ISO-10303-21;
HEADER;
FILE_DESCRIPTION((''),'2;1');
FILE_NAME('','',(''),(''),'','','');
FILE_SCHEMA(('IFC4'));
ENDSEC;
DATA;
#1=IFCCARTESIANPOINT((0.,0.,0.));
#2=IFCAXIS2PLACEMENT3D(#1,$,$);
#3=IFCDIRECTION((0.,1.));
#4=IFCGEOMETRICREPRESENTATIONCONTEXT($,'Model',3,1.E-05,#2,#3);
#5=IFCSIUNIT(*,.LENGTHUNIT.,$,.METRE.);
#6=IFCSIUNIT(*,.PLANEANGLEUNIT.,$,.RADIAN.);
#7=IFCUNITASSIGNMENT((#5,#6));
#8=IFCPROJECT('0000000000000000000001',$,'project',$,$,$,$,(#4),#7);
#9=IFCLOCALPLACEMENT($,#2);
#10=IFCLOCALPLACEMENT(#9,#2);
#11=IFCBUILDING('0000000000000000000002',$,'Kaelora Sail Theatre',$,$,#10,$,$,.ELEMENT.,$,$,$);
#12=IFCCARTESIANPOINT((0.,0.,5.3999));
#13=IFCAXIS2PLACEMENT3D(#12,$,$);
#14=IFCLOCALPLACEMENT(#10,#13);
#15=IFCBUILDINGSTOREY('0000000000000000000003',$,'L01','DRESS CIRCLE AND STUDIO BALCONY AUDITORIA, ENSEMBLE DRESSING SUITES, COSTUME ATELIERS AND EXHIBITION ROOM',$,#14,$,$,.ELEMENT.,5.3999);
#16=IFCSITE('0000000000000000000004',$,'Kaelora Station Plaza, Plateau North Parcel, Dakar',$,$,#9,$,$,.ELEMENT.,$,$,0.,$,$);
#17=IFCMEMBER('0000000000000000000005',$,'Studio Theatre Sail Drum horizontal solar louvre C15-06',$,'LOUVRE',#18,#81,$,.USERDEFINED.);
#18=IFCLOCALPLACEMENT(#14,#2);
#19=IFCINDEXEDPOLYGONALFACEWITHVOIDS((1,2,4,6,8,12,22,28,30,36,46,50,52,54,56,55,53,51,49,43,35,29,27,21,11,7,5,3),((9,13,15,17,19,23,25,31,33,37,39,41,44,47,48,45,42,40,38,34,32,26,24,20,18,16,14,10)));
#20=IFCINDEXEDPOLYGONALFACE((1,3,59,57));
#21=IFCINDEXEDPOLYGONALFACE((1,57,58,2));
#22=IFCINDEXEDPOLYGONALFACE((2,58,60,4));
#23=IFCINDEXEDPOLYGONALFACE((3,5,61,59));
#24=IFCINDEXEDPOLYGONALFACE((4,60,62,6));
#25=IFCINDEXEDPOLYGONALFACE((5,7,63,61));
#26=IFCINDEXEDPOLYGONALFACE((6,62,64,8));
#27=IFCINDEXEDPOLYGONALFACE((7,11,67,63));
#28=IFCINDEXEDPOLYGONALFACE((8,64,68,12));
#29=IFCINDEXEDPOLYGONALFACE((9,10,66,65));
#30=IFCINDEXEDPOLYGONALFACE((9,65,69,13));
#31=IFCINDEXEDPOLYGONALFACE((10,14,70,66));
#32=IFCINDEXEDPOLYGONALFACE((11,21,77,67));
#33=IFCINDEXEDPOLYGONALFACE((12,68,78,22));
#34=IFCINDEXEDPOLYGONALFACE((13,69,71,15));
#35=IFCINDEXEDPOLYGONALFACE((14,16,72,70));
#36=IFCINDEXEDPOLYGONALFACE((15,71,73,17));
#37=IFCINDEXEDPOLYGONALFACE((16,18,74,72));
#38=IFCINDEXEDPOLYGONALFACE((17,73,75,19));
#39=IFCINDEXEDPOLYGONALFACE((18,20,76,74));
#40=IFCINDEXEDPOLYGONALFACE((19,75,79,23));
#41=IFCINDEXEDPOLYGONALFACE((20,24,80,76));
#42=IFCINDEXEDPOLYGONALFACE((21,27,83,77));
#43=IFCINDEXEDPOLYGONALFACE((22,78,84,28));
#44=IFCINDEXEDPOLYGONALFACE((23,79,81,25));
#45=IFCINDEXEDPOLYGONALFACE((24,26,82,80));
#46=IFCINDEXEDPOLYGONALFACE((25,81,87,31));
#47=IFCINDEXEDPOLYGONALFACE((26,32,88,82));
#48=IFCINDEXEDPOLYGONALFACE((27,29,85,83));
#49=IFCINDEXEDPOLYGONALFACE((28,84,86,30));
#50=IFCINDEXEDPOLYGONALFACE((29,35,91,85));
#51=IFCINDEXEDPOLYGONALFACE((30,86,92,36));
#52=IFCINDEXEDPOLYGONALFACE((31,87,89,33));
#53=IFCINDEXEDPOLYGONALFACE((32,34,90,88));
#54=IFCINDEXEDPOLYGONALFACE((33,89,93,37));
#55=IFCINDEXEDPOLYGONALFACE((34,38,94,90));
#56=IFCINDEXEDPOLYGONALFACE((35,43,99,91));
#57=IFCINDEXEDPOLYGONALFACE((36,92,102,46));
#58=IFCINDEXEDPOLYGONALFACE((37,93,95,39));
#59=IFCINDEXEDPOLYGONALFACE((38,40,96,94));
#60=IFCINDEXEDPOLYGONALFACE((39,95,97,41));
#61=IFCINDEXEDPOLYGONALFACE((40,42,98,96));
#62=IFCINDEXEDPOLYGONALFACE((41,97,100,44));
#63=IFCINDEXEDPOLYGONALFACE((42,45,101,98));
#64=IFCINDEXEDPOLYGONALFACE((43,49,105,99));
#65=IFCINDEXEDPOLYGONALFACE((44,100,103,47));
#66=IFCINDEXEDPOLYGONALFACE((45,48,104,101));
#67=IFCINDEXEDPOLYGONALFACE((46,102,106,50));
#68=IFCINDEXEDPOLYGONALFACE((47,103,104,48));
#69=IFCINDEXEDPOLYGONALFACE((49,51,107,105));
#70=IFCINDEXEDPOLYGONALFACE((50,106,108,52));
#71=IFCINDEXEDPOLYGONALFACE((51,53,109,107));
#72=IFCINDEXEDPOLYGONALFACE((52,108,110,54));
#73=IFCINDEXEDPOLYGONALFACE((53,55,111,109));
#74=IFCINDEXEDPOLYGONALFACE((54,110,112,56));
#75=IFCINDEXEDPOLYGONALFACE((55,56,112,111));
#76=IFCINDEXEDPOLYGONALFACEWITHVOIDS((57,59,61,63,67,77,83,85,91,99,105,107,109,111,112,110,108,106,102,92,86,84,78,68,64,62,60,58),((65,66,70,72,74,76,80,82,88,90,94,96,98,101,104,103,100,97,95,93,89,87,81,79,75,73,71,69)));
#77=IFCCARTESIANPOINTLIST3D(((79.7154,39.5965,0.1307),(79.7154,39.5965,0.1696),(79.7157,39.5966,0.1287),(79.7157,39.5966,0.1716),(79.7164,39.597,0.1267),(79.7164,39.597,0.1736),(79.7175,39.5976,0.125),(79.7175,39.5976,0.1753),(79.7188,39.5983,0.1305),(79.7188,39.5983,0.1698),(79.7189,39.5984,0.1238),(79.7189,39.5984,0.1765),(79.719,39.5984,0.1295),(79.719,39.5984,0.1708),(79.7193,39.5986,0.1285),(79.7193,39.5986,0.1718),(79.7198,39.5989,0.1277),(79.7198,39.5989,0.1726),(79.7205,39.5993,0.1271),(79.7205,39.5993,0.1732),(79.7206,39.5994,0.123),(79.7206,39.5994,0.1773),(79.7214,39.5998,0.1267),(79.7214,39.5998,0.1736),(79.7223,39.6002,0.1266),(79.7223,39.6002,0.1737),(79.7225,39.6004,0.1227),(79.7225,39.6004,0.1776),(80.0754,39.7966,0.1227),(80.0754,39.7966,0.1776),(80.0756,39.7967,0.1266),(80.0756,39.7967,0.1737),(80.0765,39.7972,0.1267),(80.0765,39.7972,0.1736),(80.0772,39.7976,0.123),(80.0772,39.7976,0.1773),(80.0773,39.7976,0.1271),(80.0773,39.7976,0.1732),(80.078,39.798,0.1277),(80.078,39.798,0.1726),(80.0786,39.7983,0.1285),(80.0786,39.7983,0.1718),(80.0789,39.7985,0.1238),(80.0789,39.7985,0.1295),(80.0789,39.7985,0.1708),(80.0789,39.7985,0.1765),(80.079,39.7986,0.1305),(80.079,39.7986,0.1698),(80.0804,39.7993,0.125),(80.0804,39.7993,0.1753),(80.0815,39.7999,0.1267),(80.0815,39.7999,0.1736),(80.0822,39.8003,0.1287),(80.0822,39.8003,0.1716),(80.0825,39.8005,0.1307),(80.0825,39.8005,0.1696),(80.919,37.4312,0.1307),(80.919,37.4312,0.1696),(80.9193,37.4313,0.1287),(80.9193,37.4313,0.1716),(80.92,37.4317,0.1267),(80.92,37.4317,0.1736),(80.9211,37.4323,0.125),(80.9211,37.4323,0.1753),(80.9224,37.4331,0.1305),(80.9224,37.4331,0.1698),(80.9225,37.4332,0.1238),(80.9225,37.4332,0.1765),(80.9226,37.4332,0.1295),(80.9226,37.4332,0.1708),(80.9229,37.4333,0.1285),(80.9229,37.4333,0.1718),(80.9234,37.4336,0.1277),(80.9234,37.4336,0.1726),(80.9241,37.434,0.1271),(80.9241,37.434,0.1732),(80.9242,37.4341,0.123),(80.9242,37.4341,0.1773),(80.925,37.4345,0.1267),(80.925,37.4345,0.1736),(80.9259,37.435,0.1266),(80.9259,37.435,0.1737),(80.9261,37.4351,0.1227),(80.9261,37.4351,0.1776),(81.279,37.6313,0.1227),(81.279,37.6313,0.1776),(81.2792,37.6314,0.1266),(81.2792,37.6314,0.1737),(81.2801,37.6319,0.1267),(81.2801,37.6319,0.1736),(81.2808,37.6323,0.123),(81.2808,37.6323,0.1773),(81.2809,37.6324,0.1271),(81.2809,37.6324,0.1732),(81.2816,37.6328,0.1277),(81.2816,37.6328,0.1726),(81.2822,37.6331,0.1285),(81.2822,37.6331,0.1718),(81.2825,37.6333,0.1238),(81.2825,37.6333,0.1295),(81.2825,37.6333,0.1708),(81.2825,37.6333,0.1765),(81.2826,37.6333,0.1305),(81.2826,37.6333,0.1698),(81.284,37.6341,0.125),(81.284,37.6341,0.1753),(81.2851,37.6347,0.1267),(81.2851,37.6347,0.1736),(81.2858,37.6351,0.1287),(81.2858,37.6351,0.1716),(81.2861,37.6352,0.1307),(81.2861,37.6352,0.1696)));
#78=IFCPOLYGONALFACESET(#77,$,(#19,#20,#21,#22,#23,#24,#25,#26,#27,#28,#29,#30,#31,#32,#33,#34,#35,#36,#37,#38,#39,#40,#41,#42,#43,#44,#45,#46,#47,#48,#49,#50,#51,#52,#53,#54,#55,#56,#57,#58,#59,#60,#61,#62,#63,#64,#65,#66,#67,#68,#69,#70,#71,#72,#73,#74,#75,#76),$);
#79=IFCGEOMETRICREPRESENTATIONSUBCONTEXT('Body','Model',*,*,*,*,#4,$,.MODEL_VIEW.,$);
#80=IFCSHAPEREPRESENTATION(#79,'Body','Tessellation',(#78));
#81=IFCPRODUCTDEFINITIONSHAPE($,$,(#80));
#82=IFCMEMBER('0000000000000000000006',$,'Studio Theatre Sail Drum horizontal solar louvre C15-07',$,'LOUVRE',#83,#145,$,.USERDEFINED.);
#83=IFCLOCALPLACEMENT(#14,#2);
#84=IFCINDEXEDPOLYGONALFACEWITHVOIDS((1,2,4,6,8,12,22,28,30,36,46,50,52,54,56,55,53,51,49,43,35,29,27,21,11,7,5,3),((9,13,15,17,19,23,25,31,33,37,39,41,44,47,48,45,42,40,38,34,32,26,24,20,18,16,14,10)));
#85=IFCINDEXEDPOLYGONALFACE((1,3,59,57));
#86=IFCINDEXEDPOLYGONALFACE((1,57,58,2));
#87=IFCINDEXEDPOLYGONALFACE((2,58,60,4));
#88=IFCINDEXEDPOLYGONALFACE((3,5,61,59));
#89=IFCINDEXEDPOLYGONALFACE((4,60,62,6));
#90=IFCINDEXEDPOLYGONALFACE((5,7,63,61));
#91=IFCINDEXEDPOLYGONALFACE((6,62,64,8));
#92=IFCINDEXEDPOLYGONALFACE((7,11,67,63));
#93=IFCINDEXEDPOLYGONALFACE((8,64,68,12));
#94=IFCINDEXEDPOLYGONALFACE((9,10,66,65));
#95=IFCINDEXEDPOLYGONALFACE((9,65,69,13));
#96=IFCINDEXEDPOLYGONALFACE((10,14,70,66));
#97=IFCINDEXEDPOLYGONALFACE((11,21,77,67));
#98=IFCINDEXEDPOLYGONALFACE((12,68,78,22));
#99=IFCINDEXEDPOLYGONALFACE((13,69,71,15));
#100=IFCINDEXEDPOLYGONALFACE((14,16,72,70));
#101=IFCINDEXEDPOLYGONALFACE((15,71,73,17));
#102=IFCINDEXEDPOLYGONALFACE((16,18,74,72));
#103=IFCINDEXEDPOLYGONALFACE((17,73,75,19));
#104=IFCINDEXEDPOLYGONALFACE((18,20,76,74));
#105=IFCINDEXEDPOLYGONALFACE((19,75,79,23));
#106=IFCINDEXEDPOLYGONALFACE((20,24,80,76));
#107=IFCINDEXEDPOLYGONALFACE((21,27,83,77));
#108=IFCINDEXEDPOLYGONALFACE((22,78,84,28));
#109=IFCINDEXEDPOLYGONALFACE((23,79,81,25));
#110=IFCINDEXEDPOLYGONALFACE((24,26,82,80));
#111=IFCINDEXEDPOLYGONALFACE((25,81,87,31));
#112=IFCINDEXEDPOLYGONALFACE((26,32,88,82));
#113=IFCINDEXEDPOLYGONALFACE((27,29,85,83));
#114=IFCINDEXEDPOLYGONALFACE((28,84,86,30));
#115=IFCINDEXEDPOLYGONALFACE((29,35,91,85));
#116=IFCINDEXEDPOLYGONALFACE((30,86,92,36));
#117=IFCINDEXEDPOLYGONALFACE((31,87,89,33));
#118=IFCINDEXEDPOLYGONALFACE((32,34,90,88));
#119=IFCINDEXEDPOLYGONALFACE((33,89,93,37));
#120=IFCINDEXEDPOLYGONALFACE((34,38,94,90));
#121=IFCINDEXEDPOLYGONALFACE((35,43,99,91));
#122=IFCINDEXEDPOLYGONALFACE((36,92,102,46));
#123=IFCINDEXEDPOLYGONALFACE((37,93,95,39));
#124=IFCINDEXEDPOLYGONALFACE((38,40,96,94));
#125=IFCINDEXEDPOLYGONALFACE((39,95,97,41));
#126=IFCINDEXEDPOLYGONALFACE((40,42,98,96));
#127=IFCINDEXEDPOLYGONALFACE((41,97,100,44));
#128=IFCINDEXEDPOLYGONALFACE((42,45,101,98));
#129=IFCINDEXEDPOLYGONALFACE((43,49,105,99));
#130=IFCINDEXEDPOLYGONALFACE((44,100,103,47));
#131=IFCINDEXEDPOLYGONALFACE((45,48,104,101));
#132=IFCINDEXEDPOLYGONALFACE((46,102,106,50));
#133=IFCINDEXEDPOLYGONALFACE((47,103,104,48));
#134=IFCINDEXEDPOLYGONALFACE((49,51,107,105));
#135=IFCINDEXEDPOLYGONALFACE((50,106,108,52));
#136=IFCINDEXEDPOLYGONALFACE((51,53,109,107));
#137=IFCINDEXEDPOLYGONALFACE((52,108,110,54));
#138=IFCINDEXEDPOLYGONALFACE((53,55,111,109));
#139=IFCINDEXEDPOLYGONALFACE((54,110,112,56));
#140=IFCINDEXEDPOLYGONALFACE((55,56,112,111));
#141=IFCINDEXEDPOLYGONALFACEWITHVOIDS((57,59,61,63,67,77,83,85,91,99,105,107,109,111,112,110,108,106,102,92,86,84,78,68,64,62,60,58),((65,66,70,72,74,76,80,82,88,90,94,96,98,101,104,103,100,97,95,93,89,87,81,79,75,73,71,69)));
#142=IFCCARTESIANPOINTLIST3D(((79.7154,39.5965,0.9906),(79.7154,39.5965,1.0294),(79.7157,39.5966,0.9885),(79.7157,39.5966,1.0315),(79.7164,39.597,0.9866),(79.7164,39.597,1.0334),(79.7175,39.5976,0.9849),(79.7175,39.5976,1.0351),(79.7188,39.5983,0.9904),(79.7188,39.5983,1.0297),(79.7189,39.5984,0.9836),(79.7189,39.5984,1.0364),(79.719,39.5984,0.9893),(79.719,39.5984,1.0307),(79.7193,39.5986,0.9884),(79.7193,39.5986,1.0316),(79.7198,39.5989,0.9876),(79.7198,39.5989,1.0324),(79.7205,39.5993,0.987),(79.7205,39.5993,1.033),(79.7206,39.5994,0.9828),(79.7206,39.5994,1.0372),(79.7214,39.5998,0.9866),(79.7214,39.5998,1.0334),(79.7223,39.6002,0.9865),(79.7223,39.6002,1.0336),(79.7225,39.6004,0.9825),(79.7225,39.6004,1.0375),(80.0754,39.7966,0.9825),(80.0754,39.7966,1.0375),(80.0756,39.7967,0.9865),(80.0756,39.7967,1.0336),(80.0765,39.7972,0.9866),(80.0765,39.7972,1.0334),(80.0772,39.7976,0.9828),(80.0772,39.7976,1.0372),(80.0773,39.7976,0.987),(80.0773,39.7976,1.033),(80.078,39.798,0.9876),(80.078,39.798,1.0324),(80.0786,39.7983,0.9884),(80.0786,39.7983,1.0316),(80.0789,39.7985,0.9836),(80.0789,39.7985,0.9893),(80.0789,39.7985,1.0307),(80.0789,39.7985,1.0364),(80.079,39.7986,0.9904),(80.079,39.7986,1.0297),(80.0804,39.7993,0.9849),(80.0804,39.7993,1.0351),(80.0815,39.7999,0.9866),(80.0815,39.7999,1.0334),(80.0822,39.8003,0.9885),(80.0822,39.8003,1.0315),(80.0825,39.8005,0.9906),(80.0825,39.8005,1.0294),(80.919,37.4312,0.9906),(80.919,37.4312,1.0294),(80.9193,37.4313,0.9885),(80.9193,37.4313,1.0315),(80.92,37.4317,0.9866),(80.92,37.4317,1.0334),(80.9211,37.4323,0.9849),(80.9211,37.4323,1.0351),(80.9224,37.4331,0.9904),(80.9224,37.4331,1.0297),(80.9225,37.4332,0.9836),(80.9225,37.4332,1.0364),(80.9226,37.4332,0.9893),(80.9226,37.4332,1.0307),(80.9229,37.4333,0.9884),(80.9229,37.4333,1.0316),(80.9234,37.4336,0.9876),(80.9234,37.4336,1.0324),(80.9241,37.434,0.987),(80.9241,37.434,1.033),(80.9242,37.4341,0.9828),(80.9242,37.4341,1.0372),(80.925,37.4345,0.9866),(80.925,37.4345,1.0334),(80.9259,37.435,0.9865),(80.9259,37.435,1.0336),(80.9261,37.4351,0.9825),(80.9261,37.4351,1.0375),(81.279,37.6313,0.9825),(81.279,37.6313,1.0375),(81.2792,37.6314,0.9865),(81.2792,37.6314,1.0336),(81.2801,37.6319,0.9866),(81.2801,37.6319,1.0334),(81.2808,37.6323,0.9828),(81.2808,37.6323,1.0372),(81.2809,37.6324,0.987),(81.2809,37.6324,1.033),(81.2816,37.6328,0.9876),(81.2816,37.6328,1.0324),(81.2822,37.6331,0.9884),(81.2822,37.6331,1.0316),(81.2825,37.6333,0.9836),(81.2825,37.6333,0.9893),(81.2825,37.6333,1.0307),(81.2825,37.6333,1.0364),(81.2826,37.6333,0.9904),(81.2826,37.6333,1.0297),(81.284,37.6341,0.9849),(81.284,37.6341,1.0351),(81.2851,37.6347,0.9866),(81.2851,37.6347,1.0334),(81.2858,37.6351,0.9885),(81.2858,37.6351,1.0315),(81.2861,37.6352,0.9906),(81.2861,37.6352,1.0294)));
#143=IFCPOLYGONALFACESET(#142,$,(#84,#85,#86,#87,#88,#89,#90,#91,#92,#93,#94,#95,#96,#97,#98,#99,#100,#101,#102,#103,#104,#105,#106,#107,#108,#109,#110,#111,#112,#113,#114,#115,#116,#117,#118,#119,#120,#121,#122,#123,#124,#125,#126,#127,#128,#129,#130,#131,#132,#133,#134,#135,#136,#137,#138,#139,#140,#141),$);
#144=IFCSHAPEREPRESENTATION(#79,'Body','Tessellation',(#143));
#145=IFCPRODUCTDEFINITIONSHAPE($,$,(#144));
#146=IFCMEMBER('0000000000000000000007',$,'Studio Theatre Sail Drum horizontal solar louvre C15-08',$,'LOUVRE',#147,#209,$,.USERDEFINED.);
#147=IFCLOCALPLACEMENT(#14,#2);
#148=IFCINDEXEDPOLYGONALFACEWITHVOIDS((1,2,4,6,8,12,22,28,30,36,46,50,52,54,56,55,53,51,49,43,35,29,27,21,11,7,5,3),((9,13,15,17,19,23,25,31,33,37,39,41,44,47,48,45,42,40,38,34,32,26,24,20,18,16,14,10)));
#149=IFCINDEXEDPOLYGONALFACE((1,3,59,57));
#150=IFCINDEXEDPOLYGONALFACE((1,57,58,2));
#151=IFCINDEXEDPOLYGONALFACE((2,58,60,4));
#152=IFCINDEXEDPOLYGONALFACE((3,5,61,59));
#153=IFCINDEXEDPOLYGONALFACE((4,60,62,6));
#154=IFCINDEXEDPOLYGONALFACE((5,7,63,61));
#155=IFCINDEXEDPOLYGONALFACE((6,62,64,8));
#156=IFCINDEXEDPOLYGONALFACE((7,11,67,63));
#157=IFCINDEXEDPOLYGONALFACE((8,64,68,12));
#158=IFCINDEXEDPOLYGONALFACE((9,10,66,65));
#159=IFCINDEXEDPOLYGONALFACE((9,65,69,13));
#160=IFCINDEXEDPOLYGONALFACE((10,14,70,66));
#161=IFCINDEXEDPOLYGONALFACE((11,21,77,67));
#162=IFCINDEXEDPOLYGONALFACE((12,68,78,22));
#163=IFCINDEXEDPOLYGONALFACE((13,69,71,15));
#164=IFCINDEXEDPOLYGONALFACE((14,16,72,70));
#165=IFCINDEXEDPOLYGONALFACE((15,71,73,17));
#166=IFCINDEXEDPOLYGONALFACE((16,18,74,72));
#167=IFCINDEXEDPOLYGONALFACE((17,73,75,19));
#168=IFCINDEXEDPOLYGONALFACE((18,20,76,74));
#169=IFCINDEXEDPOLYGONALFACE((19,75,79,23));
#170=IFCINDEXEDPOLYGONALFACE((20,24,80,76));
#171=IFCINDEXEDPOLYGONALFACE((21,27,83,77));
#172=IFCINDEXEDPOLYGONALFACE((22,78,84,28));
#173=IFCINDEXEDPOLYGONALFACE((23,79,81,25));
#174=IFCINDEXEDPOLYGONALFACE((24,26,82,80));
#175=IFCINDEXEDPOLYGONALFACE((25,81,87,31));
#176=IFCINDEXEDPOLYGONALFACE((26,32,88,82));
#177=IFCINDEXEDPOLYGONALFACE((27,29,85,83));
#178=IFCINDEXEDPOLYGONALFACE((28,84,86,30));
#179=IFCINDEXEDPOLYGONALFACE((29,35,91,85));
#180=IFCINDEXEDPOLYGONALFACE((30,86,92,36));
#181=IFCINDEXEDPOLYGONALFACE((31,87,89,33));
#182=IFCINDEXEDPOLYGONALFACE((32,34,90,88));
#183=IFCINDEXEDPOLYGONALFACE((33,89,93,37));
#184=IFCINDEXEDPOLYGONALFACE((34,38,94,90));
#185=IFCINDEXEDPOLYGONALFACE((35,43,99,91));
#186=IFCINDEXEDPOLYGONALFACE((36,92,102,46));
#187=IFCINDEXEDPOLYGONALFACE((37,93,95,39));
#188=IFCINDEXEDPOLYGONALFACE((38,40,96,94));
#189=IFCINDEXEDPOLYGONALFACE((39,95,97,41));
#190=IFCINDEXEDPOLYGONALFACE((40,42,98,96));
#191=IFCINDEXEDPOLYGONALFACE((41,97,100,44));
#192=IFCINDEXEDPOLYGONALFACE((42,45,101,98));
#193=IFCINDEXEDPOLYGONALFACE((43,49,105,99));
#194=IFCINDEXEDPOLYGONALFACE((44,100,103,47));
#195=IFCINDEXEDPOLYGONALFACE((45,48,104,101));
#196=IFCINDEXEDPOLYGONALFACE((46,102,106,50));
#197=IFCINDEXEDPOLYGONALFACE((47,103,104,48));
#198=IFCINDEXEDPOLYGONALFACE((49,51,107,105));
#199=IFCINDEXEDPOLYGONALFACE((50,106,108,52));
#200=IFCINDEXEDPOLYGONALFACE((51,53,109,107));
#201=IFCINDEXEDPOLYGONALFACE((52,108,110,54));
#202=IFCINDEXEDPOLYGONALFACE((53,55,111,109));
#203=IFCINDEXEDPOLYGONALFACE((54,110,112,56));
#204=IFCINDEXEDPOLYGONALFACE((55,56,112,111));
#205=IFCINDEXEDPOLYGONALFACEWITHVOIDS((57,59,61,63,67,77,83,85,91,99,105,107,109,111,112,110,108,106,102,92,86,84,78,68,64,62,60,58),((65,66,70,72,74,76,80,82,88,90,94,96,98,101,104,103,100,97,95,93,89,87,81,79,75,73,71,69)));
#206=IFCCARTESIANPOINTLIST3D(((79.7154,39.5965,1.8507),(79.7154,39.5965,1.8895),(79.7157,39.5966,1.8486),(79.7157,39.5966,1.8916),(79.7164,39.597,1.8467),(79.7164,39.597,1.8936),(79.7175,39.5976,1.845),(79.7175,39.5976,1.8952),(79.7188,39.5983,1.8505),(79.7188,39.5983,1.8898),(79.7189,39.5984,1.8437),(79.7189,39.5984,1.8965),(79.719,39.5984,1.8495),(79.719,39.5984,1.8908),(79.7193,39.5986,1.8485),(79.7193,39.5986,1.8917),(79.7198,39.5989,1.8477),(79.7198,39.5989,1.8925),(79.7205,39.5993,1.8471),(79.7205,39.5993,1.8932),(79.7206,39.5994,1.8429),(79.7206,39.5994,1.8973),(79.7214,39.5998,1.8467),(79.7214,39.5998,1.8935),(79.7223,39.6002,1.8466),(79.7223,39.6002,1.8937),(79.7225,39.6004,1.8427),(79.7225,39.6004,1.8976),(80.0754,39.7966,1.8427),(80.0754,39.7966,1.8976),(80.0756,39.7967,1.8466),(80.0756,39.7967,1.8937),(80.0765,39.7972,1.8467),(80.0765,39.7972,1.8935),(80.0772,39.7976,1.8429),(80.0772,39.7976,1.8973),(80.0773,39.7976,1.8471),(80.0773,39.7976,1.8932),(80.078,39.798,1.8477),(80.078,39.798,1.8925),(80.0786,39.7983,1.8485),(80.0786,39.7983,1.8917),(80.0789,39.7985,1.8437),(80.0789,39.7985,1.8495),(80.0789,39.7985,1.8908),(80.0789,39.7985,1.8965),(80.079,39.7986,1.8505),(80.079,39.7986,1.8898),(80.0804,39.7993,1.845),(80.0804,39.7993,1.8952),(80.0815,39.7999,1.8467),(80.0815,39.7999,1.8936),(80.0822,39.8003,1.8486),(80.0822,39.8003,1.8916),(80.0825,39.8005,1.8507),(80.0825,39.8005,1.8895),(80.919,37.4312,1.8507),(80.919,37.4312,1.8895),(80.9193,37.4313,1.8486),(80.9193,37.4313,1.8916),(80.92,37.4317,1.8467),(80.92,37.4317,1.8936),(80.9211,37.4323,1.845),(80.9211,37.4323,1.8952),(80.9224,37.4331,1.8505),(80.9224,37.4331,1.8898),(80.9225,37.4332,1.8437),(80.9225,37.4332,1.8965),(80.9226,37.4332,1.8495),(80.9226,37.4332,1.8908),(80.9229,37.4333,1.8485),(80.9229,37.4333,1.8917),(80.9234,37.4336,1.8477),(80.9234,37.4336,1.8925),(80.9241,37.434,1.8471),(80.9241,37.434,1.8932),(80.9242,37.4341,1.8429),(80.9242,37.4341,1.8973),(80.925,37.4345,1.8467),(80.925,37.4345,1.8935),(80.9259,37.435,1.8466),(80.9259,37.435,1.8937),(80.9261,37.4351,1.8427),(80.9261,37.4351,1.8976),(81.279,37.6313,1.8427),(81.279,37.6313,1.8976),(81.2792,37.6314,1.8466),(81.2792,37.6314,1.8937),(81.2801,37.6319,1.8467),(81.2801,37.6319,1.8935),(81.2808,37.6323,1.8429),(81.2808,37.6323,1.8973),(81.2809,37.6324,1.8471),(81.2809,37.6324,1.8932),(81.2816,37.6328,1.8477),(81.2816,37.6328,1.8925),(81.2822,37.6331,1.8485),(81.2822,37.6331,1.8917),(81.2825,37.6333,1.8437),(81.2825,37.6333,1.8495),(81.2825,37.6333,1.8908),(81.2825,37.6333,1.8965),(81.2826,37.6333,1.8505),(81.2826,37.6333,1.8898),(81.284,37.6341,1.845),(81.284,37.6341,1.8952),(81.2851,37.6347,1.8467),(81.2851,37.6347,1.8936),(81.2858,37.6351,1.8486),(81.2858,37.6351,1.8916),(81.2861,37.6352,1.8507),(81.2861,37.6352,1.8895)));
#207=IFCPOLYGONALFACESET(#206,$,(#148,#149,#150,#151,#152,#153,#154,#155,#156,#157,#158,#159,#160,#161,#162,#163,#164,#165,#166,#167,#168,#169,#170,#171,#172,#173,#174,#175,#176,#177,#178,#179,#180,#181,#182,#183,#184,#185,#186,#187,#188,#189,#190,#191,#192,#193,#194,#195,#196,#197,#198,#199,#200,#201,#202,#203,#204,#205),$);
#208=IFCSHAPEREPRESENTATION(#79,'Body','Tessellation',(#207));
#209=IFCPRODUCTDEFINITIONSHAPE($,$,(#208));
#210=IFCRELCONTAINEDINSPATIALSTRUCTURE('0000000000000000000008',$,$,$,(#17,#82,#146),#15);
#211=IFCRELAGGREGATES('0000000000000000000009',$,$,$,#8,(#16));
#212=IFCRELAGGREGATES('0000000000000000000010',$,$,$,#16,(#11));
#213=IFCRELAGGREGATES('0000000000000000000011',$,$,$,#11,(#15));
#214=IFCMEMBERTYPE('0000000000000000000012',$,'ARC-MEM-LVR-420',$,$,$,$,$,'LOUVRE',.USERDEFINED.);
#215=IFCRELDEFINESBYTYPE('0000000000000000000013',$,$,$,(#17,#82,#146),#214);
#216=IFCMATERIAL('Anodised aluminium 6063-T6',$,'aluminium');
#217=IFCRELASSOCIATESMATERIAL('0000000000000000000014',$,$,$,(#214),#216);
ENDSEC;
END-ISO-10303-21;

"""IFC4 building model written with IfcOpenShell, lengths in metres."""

from ifc_helpers import new_model, si_unit, direction, frame, origin, origin_2d, place, context, subcontext, project, spatial, hollow_rectangle, extrude, material, material_profile, profile_set, type_object, element, save


model = new_model("IFC4")

# Units and contexts
model_context = context("Model", 3, precision=1e-05, world=origin(), true_north=direction((0.0, 1.0)))
body_context = subcontext(model_context, "Body", "Model", "MODEL_VIEW")
ifc_project = project(units=[si_unit("LENGTHUNIT", "METRE"), si_unit("PLANEANGLEUNIT", "RADIAN")], contexts=[model_context])

# Site, building, storey
site_placement = place(None, origin())
site = spatial("IfcSite", under=ifc_project, at=site_placement, Name="Kaelora Station Plaza, Plateau North Parcel, Dakar", CompositionType="ELEMENT", RefElevation=0.0)
building_placement = place(site_placement, origin())
building = spatial("IfcBuilding", under=site, at=building_placement, Name="Kaelora Sail Theatre", CompositionType="ELEMENT")
storey_placement = place(building_placement, frame((0.0, 0.0, 5.3999)))
storey = spatial("IfcBuildingStorey", under=building, at=storey_placement, Name="L01", Description="DRESS CIRCLE AND STUDIO BALCONY AUDITORIA, ENSEMBLE DRESSING SUITES, COSTUME ATELIERS AND EXHIBITION ROOM", CompositionType="ELEMENT", Elevation=5.3999)

# Members
ifc_material_1 = material(Name="Anodised aluminium 6063-T6", Category="aluminium")
ifc_material_profile_1 = material_profile(ifc_material_1, hollow_rectangle(XDim=0.4199, YDim=0.0549, WallThickness=0.0039, InnerFilletRadius=0.0039, OuterFilletRadius=0.0081, at=origin_2d()), Name="LOUVRE 420x55x4")
ifc_profile_set_1 = profile_set([ifc_material_profile_1], Name="Anodised aluminium 6063-T6")
member_type = type_object("IfcMemberType", Name="ARC-MEM-LVR-420", ElementType="LOUVRE", PredefinedType="USERDEFINED", material=ifc_profile_set_1)
for number, where, z_axis, x_axis, name in (
    (1, (81.1025, 37.5332, 0.1501), (-0.485852, 0.874041, 0.0), (-0.874041, -0.485852, 0.0), "Studio Theatre Sail Drum horizontal solar louvre C15-06"),
    (2, (81.1025, 37.5332, 1.01), (-0.485852, 0.874041, 0.0), (-0.874041, -0.485852, 0.0), "Studio Theatre Sail Drum horizontal solar louvre C15-07"),
    (3, (81.1025, 37.5332, 1.8701), (-0.485852, 0.874041, 0.0), (-0.874041, -0.485852, 0.0), "Studio Theatre Sail Drum horizontal solar louvre C15-08"),
):
    element("IfcMember", number, at=place(storey_placement, frame(where, z_axis=z_axis, x_axis=x_axis)), inside=storey, type_object=member_type, Name=name, ObjectType="LOUVRE", PredefinedType="USERDEFINED", context=body_context, shape_type="SweptSolid", body=[
        extrude(hollow_rectangle(XDim=0.4199, YDim=0.0549, WallThickness=0.0039, InnerFilletRadius=0.0039, OuterFilletRadius=0.0081, at=origin_2d()), origin(), (0.0, 0.0, 1.0), 2.4773),
    ])

save(model, "model.ifc")
